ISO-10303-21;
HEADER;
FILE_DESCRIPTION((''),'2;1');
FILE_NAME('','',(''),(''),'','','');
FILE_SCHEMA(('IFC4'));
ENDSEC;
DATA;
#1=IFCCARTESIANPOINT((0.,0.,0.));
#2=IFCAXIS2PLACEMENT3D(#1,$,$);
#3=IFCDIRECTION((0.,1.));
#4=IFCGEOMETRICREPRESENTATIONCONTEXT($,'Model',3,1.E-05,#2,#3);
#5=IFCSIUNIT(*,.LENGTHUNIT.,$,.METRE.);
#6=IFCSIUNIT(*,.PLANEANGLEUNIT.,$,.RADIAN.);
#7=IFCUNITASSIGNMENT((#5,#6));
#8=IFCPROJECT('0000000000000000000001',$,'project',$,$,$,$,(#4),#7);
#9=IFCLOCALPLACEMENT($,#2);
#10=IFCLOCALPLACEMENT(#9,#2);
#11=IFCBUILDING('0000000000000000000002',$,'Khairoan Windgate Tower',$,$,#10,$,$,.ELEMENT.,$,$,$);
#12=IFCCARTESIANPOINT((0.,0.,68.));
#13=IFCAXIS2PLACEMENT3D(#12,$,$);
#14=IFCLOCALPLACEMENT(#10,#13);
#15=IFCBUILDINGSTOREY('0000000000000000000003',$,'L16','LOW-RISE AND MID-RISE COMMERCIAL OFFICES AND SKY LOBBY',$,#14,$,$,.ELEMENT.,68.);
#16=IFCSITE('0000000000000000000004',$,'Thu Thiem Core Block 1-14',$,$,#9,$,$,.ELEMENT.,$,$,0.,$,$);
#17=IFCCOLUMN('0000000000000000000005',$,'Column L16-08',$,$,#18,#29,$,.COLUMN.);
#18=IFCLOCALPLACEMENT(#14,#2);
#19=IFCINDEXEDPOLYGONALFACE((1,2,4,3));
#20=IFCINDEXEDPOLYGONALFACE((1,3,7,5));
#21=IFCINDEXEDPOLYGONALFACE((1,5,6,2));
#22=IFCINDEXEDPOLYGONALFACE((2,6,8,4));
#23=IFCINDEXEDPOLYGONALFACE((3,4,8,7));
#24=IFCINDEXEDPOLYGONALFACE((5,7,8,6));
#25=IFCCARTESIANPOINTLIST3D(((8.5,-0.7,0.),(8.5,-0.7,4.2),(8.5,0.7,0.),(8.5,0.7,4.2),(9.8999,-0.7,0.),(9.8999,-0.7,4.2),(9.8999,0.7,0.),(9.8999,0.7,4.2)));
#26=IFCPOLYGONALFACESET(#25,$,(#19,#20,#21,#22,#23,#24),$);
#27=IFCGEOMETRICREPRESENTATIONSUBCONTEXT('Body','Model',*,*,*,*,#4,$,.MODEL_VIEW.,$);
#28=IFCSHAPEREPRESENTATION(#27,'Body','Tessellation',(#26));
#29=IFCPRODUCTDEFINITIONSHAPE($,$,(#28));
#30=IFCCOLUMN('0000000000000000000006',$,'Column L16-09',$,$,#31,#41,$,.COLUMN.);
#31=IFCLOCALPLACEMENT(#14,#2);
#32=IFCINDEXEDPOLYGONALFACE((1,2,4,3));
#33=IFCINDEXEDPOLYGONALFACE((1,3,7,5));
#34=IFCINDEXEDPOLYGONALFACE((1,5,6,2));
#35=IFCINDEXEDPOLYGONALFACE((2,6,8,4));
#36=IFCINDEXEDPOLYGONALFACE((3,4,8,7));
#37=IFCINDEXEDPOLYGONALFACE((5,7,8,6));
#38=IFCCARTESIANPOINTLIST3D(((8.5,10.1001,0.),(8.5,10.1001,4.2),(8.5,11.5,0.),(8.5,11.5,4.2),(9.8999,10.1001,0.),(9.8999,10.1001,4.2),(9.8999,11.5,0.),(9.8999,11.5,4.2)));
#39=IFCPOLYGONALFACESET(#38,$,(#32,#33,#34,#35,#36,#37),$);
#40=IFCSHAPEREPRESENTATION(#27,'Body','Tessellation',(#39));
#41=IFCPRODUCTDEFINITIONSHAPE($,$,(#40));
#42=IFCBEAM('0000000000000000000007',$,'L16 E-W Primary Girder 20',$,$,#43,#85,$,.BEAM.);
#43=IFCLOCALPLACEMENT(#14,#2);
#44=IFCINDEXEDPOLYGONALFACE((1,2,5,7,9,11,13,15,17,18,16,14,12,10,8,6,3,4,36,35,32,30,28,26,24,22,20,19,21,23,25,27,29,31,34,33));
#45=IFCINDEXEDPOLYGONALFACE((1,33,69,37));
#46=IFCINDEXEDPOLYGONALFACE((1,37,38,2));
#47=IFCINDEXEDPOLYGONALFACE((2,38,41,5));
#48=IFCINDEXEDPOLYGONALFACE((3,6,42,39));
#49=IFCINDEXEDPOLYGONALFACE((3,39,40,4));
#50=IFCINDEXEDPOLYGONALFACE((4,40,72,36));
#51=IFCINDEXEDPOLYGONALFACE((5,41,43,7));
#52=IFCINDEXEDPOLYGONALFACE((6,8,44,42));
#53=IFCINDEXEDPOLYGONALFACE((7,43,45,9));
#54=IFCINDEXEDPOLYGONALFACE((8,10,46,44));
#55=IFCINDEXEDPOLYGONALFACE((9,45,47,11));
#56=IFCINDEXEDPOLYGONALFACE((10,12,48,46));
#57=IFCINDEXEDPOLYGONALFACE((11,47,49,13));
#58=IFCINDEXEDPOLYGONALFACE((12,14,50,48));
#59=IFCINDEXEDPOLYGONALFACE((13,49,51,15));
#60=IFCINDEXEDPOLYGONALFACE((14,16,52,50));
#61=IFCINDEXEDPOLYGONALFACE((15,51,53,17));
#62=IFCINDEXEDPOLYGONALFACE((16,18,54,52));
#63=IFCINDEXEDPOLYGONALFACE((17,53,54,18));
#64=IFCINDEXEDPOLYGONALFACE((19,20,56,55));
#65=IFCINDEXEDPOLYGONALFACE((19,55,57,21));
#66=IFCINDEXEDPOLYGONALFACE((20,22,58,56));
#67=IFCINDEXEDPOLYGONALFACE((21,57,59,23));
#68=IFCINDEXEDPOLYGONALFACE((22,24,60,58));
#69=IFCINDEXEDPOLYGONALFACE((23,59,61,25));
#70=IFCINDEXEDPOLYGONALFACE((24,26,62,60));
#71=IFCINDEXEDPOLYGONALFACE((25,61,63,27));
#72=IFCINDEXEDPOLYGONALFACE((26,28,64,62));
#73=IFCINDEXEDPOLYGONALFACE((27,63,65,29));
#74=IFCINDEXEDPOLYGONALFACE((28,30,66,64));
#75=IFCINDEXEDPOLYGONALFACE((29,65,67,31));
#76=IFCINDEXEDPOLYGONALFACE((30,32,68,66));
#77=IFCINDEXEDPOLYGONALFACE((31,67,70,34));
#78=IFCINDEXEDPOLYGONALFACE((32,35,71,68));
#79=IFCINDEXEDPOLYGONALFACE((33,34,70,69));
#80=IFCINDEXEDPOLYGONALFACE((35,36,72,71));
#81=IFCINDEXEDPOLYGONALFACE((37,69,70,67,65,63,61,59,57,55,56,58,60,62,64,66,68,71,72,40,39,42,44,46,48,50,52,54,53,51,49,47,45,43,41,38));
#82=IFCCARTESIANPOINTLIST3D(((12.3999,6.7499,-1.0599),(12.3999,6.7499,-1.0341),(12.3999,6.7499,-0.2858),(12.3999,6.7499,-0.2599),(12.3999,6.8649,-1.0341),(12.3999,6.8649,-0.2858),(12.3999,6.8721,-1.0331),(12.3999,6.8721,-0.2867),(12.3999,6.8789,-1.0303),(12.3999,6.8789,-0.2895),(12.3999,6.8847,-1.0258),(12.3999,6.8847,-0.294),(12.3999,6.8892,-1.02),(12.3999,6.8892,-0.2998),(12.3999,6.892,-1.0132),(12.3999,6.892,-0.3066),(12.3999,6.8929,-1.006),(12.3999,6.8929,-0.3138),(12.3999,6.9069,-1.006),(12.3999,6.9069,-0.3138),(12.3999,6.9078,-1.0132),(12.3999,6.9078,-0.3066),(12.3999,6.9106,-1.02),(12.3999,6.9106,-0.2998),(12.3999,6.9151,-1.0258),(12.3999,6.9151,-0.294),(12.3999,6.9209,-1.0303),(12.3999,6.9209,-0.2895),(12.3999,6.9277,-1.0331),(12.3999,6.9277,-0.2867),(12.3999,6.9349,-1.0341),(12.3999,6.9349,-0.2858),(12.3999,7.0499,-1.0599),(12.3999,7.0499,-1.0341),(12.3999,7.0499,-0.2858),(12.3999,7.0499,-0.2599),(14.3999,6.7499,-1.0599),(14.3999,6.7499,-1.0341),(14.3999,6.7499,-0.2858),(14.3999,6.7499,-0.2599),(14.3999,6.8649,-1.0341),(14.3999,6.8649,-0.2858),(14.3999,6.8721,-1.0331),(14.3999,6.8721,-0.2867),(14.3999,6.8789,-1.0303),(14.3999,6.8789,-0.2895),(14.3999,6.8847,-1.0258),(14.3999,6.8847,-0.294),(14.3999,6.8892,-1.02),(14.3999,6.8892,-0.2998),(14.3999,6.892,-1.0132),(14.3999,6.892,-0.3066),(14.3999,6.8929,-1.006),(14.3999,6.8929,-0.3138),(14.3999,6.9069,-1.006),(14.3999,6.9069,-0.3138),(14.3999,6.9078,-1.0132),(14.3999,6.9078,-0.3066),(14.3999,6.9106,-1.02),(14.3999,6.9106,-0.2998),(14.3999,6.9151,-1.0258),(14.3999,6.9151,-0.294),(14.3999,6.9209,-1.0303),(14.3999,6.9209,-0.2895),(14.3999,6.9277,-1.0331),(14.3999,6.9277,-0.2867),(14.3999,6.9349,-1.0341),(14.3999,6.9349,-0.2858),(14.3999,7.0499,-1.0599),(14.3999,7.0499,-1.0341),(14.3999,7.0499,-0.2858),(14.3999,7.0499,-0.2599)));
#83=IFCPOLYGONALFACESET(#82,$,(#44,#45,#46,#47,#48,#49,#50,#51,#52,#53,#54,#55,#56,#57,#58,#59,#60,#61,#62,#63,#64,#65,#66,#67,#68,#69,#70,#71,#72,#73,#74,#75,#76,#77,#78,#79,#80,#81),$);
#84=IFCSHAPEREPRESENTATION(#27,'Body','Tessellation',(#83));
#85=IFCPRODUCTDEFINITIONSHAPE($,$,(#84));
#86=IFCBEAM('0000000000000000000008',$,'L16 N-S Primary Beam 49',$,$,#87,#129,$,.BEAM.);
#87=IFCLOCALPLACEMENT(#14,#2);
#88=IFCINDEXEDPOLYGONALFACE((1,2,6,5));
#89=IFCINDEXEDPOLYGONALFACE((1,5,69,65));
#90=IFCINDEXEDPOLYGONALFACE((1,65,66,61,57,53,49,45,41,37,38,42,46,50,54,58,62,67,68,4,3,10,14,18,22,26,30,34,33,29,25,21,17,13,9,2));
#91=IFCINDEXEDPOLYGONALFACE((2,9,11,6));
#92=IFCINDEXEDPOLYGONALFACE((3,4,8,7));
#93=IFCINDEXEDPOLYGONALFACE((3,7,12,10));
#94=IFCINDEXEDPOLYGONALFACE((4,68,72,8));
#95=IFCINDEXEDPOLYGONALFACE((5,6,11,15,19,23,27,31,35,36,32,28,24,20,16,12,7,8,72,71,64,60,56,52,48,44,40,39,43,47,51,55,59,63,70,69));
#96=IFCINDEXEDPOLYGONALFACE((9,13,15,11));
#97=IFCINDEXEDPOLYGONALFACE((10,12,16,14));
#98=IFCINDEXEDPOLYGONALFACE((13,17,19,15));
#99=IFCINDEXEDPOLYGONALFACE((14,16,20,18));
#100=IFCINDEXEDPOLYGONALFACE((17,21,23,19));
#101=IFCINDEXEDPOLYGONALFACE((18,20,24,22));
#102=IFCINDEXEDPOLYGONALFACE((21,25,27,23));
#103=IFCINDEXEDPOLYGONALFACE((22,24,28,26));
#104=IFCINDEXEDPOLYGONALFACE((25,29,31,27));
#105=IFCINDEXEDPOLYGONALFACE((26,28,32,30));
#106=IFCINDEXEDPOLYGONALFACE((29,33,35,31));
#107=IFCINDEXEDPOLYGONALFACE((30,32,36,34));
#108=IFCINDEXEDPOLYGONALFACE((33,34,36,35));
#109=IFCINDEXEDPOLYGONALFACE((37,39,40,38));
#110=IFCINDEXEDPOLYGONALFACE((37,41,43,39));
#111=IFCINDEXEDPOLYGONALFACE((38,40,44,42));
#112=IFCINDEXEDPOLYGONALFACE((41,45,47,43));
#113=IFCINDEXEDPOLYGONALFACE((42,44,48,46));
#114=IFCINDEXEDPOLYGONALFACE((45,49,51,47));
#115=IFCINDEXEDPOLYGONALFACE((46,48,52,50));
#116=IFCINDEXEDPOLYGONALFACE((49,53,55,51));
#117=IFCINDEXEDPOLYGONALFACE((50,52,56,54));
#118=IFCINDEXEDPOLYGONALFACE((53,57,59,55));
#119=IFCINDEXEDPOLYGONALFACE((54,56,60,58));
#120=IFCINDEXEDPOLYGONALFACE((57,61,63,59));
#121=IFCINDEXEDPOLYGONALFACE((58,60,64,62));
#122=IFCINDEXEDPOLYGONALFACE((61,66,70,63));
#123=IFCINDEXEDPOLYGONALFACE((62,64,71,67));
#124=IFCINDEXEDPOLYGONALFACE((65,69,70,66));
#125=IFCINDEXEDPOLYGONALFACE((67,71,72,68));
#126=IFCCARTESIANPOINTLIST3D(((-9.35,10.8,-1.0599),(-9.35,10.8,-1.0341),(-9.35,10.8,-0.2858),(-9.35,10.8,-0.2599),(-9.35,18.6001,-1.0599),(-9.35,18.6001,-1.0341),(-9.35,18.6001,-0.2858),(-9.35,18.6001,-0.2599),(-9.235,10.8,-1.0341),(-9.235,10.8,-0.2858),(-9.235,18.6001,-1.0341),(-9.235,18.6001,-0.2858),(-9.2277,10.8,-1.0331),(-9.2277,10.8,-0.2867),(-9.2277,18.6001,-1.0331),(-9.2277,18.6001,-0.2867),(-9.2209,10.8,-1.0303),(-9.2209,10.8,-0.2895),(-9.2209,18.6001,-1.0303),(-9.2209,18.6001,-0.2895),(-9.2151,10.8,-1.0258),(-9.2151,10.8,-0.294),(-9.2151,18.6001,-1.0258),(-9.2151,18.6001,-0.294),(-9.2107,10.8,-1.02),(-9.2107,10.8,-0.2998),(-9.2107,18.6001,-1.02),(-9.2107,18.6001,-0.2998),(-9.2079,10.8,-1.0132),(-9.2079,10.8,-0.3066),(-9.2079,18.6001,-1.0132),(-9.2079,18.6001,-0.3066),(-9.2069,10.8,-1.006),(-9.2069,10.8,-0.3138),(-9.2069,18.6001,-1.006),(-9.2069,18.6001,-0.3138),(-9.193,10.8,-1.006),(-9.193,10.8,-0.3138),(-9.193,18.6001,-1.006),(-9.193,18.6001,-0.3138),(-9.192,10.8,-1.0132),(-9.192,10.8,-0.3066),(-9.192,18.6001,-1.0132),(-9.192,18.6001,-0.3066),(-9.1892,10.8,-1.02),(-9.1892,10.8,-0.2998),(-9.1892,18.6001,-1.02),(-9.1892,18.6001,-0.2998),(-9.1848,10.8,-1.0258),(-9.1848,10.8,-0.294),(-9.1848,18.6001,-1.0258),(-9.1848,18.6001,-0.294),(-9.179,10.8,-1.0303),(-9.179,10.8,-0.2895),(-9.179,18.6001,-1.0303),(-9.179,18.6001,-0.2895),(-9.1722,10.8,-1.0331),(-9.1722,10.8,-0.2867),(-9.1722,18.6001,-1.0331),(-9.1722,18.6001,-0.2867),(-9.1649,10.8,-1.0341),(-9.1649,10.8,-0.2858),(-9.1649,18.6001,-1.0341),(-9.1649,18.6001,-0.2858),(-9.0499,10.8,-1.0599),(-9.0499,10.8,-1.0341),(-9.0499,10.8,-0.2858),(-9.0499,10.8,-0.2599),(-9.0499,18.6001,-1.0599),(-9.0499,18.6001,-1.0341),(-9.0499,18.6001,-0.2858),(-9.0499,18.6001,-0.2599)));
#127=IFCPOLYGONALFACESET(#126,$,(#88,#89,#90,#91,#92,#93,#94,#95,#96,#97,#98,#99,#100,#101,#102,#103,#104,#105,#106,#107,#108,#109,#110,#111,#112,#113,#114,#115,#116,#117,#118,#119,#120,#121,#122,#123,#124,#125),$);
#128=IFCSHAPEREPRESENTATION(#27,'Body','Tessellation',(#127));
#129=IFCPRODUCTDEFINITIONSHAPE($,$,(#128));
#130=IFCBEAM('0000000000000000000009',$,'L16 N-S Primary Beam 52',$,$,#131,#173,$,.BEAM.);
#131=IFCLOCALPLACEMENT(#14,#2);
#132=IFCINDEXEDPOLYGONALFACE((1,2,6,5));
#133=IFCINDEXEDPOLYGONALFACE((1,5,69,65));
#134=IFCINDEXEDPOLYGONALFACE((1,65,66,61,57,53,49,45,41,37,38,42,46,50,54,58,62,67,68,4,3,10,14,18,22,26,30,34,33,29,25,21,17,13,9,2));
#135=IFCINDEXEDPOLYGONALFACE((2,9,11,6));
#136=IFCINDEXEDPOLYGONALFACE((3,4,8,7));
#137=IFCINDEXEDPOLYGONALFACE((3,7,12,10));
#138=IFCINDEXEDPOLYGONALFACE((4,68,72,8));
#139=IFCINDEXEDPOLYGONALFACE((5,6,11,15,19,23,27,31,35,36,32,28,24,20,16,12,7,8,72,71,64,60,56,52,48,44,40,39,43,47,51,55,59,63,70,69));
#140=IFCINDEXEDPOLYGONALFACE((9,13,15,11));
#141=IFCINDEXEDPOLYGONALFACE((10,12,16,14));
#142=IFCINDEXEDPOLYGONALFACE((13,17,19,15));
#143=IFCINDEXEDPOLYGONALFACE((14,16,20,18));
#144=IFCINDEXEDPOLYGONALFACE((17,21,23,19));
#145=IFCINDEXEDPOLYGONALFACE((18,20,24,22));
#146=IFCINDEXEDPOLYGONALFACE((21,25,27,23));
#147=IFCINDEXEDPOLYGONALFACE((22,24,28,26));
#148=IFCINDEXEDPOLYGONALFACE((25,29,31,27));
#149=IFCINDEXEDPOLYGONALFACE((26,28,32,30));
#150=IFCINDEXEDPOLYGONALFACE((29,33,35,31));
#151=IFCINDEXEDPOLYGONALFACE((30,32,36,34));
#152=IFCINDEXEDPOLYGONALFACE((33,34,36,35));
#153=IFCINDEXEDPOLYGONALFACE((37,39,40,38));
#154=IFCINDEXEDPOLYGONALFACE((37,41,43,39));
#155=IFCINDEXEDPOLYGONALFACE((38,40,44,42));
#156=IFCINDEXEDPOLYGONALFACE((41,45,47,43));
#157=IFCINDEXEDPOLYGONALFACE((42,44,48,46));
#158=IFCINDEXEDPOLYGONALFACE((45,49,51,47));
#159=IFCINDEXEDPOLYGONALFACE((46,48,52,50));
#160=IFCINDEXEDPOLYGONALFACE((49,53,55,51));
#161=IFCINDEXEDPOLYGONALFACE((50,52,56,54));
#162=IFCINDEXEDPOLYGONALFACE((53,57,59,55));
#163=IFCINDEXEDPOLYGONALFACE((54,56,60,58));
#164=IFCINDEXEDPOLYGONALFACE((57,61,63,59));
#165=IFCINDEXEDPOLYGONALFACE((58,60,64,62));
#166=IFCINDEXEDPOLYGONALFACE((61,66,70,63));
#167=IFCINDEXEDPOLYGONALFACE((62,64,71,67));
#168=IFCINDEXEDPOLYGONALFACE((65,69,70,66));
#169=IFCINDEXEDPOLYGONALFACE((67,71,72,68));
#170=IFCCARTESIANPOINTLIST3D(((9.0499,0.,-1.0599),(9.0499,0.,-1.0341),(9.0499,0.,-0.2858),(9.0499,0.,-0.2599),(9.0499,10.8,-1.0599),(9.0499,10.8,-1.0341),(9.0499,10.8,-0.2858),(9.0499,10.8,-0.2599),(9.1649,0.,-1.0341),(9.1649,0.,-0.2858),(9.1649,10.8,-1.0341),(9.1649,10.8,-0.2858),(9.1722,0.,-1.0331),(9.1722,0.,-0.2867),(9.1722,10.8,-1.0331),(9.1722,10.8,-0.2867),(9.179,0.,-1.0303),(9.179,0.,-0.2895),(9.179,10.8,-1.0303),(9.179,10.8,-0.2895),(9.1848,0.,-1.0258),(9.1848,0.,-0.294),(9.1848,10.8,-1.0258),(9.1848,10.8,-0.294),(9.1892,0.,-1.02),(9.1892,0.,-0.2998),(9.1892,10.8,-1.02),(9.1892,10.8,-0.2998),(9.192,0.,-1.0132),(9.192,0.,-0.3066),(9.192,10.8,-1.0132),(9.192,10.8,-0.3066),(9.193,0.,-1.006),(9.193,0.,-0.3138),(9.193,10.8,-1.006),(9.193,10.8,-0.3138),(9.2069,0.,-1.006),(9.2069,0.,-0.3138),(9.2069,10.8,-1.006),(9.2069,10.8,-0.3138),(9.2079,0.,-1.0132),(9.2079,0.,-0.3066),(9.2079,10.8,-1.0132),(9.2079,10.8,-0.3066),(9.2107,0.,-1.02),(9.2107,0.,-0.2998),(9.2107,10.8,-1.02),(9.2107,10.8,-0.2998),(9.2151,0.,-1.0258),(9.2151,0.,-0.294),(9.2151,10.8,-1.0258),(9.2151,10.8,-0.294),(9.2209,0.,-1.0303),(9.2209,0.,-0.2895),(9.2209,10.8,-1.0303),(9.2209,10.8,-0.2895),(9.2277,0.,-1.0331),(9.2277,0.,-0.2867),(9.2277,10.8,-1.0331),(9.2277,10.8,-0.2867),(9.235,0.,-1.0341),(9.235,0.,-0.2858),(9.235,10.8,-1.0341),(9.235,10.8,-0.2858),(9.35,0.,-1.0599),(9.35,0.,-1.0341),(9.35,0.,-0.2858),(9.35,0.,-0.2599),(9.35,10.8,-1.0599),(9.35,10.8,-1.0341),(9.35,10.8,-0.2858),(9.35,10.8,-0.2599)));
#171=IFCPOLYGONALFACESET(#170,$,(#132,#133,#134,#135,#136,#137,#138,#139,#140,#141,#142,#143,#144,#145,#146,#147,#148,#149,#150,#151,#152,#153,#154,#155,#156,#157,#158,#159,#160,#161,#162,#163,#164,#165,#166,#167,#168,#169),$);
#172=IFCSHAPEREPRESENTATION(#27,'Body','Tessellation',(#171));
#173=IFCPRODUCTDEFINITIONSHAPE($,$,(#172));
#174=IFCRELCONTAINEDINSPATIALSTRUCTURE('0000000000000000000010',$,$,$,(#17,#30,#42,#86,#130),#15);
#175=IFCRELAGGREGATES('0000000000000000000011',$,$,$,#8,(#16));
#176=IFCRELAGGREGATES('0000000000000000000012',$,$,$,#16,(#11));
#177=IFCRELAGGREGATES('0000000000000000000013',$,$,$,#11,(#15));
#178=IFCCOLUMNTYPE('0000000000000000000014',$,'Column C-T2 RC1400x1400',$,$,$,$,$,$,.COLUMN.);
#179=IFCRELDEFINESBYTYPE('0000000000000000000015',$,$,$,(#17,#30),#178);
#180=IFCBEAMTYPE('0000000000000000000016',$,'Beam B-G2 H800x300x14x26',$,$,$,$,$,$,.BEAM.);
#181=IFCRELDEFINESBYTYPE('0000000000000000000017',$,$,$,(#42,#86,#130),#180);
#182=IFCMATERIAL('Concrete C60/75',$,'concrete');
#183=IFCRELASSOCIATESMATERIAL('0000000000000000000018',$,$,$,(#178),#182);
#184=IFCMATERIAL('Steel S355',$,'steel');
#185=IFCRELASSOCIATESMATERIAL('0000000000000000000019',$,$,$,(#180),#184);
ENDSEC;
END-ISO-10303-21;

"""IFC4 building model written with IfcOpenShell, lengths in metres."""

from ifc_helpers import new_model, si_unit, direction, frame, origin, origin_2d, place, context, subcontext, project, spatial, rectangle, i_section, extrude, material, material_profile, profile_set, type_object, element, save


model = new_model("IFC4")

# Units and contexts
model_context = context("Model", 3, precision=1e-05, world=origin(), true_north=direction((0.0, 1.0)))
body_context = subcontext(model_context, "Body", "Model", "MODEL_VIEW")
ifc_project = project(units=[si_unit("LENGTHUNIT", "METRE"), si_unit("PLANEANGLEUNIT", "RADIAN")], contexts=[model_context])

# Site, building, storey
site_placement = place(None, origin())
site = spatial("IfcSite", under=ifc_project, at=site_placement, Name="Thu Thiem Core Block 1-14", CompositionType="ELEMENT", RefElevation=0.0)
building_placement = place(site_placement, origin())
building = spatial("IfcBuilding", under=site, at=building_placement, Name="Khairoan Windgate Tower", CompositionType="ELEMENT")
storey_placement = place(building_placement, frame((0.0, 0.0, 68.0)))
storey = spatial("IfcBuildingStorey", under=building, at=storey_placement, Name="L16", Description="LOW-RISE AND MID-RISE COMMERCIAL OFFICES AND SKY LOBBY", CompositionType="ELEMENT", Elevation=68.0)

# Columns
ifc_material_1 = material(Name="Concrete C60/75", Category="concrete")
ifc_material_profile_1 = material_profile(ifc_material_1, rectangle(XDim=1.3999, YDim=1.3999, at=origin_2d()))
ifc_profile_set_1 = profile_set([ifc_material_profile_1], Name="Concrete C60/75")
column_type = type_object("IfcColumnType", Name="Column C-T2 RC1400x1400", PredefinedType="COLUMN", material=ifc_profile_set_1)
for number, where, z_axis, x_axis, name in (
    (1, (9.2, 0.0, 0.0), (0.0, 0.0, 1.0), (1.0, 0.0, 0.0), "Column L16-08"),
    (2, (9.2, 10.8, 0.0), (0.0, 0.0, 1.0), (1.0, 0.0, 0.0), "Column L16-09"),
):
    element("IfcColumn", number, at=place(storey_placement, frame(where, z_axis=z_axis, x_axis=x_axis)), inside=storey, type_object=column_type, Name=name, PredefinedType="COLUMN", context=body_context, shape_type="SweptSolid", body=[
        extrude(rectangle(XDim=1.3999, YDim=1.3999, at=origin_2d()), origin(), (0.0, 0.0, 1.0), 4.2),
    ])

# Beams
ifc_material_2 = material(Name="Steel S355", Category="steel")
ifc_material_profile_2 = material_profile(ifc_material_2, i_section(OverallWidth=0.3, OverallDepth=0.8, WebThickness=0.0139, FlangeThickness=0.0259, FilletRadius=0.0281, at=origin_2d()))
ifc_profile_set_2 = profile_set([ifc_material_profile_2], Name="Steel S355")
beam_type_1 = type_object("IfcBeamType", Name="Beam B-G2 H800x300x14x26", PredefinedType="BEAM", material=ifc_profile_set_2)
beam_1_placement = place(storey_placement, frame((12.3999, 6.8999, -0.6599), z_axis=(1.0, 0.0, 0.0), x_axis=(0.0, 1.0, 0.0)))
element("IfcBeam", 3, at=beam_1_placement, inside=storey, type_object=beam_type_1, Name="L16 E-W Primary Girder 20", PredefinedType="BEAM", context=body_context, shape_type="SweptSolid", body=[
    extrude(i_section(OverallWidth=0.3, OverallDepth=0.8, WebThickness=0.0139, FlangeThickness=0.0259, FilletRadius=0.0281, at=origin_2d()), origin(), (0.0, 0.0, 1.0), 2.0),
])
beam_2_placement = place(storey_placement, frame((-9.2, 10.8, -0.6599), z_axis=(0.0, 1.0, 0.0), x_axis=(-1.0, 0.0, 0.0)))
element("IfcBeam", 4, at=beam_2_placement, inside=storey, type_object=beam_type_1, Name="L16 N-S Primary Beam 49", PredefinedType="BEAM", context=body_context, shape_type="SweptSolid", body=[
    extrude(i_section(OverallWidth=0.3, OverallDepth=0.8, WebThickness=0.0139, FlangeThickness=0.0259, FilletRadius=0.0281, at=origin_2d()), origin(), (0.0, 0.0, 1.0), 7.8),
])
beam_3_placement = place(storey_placement, frame((9.2, 0.0, -0.6599), z_axis=(0.0, 1.0, 0.0), x_axis=(-1.0, 0.0, 0.0)))
element("IfcBeam", 5, at=beam_3_placement, inside=storey, type_object=beam_type_1, Name="L16 N-S Primary Beam 52", PredefinedType="BEAM", context=body_context, shape_type="SweptSolid", body=[
    extrude(i_section(OverallWidth=0.3, OverallDepth=0.8, WebThickness=0.0139, FlangeThickness=0.0259, FilletRadius=0.0281, at=origin_2d()), origin(), (0.0, 0.0, 1.0), 10.8),
])

save(model, "model.ifc")
